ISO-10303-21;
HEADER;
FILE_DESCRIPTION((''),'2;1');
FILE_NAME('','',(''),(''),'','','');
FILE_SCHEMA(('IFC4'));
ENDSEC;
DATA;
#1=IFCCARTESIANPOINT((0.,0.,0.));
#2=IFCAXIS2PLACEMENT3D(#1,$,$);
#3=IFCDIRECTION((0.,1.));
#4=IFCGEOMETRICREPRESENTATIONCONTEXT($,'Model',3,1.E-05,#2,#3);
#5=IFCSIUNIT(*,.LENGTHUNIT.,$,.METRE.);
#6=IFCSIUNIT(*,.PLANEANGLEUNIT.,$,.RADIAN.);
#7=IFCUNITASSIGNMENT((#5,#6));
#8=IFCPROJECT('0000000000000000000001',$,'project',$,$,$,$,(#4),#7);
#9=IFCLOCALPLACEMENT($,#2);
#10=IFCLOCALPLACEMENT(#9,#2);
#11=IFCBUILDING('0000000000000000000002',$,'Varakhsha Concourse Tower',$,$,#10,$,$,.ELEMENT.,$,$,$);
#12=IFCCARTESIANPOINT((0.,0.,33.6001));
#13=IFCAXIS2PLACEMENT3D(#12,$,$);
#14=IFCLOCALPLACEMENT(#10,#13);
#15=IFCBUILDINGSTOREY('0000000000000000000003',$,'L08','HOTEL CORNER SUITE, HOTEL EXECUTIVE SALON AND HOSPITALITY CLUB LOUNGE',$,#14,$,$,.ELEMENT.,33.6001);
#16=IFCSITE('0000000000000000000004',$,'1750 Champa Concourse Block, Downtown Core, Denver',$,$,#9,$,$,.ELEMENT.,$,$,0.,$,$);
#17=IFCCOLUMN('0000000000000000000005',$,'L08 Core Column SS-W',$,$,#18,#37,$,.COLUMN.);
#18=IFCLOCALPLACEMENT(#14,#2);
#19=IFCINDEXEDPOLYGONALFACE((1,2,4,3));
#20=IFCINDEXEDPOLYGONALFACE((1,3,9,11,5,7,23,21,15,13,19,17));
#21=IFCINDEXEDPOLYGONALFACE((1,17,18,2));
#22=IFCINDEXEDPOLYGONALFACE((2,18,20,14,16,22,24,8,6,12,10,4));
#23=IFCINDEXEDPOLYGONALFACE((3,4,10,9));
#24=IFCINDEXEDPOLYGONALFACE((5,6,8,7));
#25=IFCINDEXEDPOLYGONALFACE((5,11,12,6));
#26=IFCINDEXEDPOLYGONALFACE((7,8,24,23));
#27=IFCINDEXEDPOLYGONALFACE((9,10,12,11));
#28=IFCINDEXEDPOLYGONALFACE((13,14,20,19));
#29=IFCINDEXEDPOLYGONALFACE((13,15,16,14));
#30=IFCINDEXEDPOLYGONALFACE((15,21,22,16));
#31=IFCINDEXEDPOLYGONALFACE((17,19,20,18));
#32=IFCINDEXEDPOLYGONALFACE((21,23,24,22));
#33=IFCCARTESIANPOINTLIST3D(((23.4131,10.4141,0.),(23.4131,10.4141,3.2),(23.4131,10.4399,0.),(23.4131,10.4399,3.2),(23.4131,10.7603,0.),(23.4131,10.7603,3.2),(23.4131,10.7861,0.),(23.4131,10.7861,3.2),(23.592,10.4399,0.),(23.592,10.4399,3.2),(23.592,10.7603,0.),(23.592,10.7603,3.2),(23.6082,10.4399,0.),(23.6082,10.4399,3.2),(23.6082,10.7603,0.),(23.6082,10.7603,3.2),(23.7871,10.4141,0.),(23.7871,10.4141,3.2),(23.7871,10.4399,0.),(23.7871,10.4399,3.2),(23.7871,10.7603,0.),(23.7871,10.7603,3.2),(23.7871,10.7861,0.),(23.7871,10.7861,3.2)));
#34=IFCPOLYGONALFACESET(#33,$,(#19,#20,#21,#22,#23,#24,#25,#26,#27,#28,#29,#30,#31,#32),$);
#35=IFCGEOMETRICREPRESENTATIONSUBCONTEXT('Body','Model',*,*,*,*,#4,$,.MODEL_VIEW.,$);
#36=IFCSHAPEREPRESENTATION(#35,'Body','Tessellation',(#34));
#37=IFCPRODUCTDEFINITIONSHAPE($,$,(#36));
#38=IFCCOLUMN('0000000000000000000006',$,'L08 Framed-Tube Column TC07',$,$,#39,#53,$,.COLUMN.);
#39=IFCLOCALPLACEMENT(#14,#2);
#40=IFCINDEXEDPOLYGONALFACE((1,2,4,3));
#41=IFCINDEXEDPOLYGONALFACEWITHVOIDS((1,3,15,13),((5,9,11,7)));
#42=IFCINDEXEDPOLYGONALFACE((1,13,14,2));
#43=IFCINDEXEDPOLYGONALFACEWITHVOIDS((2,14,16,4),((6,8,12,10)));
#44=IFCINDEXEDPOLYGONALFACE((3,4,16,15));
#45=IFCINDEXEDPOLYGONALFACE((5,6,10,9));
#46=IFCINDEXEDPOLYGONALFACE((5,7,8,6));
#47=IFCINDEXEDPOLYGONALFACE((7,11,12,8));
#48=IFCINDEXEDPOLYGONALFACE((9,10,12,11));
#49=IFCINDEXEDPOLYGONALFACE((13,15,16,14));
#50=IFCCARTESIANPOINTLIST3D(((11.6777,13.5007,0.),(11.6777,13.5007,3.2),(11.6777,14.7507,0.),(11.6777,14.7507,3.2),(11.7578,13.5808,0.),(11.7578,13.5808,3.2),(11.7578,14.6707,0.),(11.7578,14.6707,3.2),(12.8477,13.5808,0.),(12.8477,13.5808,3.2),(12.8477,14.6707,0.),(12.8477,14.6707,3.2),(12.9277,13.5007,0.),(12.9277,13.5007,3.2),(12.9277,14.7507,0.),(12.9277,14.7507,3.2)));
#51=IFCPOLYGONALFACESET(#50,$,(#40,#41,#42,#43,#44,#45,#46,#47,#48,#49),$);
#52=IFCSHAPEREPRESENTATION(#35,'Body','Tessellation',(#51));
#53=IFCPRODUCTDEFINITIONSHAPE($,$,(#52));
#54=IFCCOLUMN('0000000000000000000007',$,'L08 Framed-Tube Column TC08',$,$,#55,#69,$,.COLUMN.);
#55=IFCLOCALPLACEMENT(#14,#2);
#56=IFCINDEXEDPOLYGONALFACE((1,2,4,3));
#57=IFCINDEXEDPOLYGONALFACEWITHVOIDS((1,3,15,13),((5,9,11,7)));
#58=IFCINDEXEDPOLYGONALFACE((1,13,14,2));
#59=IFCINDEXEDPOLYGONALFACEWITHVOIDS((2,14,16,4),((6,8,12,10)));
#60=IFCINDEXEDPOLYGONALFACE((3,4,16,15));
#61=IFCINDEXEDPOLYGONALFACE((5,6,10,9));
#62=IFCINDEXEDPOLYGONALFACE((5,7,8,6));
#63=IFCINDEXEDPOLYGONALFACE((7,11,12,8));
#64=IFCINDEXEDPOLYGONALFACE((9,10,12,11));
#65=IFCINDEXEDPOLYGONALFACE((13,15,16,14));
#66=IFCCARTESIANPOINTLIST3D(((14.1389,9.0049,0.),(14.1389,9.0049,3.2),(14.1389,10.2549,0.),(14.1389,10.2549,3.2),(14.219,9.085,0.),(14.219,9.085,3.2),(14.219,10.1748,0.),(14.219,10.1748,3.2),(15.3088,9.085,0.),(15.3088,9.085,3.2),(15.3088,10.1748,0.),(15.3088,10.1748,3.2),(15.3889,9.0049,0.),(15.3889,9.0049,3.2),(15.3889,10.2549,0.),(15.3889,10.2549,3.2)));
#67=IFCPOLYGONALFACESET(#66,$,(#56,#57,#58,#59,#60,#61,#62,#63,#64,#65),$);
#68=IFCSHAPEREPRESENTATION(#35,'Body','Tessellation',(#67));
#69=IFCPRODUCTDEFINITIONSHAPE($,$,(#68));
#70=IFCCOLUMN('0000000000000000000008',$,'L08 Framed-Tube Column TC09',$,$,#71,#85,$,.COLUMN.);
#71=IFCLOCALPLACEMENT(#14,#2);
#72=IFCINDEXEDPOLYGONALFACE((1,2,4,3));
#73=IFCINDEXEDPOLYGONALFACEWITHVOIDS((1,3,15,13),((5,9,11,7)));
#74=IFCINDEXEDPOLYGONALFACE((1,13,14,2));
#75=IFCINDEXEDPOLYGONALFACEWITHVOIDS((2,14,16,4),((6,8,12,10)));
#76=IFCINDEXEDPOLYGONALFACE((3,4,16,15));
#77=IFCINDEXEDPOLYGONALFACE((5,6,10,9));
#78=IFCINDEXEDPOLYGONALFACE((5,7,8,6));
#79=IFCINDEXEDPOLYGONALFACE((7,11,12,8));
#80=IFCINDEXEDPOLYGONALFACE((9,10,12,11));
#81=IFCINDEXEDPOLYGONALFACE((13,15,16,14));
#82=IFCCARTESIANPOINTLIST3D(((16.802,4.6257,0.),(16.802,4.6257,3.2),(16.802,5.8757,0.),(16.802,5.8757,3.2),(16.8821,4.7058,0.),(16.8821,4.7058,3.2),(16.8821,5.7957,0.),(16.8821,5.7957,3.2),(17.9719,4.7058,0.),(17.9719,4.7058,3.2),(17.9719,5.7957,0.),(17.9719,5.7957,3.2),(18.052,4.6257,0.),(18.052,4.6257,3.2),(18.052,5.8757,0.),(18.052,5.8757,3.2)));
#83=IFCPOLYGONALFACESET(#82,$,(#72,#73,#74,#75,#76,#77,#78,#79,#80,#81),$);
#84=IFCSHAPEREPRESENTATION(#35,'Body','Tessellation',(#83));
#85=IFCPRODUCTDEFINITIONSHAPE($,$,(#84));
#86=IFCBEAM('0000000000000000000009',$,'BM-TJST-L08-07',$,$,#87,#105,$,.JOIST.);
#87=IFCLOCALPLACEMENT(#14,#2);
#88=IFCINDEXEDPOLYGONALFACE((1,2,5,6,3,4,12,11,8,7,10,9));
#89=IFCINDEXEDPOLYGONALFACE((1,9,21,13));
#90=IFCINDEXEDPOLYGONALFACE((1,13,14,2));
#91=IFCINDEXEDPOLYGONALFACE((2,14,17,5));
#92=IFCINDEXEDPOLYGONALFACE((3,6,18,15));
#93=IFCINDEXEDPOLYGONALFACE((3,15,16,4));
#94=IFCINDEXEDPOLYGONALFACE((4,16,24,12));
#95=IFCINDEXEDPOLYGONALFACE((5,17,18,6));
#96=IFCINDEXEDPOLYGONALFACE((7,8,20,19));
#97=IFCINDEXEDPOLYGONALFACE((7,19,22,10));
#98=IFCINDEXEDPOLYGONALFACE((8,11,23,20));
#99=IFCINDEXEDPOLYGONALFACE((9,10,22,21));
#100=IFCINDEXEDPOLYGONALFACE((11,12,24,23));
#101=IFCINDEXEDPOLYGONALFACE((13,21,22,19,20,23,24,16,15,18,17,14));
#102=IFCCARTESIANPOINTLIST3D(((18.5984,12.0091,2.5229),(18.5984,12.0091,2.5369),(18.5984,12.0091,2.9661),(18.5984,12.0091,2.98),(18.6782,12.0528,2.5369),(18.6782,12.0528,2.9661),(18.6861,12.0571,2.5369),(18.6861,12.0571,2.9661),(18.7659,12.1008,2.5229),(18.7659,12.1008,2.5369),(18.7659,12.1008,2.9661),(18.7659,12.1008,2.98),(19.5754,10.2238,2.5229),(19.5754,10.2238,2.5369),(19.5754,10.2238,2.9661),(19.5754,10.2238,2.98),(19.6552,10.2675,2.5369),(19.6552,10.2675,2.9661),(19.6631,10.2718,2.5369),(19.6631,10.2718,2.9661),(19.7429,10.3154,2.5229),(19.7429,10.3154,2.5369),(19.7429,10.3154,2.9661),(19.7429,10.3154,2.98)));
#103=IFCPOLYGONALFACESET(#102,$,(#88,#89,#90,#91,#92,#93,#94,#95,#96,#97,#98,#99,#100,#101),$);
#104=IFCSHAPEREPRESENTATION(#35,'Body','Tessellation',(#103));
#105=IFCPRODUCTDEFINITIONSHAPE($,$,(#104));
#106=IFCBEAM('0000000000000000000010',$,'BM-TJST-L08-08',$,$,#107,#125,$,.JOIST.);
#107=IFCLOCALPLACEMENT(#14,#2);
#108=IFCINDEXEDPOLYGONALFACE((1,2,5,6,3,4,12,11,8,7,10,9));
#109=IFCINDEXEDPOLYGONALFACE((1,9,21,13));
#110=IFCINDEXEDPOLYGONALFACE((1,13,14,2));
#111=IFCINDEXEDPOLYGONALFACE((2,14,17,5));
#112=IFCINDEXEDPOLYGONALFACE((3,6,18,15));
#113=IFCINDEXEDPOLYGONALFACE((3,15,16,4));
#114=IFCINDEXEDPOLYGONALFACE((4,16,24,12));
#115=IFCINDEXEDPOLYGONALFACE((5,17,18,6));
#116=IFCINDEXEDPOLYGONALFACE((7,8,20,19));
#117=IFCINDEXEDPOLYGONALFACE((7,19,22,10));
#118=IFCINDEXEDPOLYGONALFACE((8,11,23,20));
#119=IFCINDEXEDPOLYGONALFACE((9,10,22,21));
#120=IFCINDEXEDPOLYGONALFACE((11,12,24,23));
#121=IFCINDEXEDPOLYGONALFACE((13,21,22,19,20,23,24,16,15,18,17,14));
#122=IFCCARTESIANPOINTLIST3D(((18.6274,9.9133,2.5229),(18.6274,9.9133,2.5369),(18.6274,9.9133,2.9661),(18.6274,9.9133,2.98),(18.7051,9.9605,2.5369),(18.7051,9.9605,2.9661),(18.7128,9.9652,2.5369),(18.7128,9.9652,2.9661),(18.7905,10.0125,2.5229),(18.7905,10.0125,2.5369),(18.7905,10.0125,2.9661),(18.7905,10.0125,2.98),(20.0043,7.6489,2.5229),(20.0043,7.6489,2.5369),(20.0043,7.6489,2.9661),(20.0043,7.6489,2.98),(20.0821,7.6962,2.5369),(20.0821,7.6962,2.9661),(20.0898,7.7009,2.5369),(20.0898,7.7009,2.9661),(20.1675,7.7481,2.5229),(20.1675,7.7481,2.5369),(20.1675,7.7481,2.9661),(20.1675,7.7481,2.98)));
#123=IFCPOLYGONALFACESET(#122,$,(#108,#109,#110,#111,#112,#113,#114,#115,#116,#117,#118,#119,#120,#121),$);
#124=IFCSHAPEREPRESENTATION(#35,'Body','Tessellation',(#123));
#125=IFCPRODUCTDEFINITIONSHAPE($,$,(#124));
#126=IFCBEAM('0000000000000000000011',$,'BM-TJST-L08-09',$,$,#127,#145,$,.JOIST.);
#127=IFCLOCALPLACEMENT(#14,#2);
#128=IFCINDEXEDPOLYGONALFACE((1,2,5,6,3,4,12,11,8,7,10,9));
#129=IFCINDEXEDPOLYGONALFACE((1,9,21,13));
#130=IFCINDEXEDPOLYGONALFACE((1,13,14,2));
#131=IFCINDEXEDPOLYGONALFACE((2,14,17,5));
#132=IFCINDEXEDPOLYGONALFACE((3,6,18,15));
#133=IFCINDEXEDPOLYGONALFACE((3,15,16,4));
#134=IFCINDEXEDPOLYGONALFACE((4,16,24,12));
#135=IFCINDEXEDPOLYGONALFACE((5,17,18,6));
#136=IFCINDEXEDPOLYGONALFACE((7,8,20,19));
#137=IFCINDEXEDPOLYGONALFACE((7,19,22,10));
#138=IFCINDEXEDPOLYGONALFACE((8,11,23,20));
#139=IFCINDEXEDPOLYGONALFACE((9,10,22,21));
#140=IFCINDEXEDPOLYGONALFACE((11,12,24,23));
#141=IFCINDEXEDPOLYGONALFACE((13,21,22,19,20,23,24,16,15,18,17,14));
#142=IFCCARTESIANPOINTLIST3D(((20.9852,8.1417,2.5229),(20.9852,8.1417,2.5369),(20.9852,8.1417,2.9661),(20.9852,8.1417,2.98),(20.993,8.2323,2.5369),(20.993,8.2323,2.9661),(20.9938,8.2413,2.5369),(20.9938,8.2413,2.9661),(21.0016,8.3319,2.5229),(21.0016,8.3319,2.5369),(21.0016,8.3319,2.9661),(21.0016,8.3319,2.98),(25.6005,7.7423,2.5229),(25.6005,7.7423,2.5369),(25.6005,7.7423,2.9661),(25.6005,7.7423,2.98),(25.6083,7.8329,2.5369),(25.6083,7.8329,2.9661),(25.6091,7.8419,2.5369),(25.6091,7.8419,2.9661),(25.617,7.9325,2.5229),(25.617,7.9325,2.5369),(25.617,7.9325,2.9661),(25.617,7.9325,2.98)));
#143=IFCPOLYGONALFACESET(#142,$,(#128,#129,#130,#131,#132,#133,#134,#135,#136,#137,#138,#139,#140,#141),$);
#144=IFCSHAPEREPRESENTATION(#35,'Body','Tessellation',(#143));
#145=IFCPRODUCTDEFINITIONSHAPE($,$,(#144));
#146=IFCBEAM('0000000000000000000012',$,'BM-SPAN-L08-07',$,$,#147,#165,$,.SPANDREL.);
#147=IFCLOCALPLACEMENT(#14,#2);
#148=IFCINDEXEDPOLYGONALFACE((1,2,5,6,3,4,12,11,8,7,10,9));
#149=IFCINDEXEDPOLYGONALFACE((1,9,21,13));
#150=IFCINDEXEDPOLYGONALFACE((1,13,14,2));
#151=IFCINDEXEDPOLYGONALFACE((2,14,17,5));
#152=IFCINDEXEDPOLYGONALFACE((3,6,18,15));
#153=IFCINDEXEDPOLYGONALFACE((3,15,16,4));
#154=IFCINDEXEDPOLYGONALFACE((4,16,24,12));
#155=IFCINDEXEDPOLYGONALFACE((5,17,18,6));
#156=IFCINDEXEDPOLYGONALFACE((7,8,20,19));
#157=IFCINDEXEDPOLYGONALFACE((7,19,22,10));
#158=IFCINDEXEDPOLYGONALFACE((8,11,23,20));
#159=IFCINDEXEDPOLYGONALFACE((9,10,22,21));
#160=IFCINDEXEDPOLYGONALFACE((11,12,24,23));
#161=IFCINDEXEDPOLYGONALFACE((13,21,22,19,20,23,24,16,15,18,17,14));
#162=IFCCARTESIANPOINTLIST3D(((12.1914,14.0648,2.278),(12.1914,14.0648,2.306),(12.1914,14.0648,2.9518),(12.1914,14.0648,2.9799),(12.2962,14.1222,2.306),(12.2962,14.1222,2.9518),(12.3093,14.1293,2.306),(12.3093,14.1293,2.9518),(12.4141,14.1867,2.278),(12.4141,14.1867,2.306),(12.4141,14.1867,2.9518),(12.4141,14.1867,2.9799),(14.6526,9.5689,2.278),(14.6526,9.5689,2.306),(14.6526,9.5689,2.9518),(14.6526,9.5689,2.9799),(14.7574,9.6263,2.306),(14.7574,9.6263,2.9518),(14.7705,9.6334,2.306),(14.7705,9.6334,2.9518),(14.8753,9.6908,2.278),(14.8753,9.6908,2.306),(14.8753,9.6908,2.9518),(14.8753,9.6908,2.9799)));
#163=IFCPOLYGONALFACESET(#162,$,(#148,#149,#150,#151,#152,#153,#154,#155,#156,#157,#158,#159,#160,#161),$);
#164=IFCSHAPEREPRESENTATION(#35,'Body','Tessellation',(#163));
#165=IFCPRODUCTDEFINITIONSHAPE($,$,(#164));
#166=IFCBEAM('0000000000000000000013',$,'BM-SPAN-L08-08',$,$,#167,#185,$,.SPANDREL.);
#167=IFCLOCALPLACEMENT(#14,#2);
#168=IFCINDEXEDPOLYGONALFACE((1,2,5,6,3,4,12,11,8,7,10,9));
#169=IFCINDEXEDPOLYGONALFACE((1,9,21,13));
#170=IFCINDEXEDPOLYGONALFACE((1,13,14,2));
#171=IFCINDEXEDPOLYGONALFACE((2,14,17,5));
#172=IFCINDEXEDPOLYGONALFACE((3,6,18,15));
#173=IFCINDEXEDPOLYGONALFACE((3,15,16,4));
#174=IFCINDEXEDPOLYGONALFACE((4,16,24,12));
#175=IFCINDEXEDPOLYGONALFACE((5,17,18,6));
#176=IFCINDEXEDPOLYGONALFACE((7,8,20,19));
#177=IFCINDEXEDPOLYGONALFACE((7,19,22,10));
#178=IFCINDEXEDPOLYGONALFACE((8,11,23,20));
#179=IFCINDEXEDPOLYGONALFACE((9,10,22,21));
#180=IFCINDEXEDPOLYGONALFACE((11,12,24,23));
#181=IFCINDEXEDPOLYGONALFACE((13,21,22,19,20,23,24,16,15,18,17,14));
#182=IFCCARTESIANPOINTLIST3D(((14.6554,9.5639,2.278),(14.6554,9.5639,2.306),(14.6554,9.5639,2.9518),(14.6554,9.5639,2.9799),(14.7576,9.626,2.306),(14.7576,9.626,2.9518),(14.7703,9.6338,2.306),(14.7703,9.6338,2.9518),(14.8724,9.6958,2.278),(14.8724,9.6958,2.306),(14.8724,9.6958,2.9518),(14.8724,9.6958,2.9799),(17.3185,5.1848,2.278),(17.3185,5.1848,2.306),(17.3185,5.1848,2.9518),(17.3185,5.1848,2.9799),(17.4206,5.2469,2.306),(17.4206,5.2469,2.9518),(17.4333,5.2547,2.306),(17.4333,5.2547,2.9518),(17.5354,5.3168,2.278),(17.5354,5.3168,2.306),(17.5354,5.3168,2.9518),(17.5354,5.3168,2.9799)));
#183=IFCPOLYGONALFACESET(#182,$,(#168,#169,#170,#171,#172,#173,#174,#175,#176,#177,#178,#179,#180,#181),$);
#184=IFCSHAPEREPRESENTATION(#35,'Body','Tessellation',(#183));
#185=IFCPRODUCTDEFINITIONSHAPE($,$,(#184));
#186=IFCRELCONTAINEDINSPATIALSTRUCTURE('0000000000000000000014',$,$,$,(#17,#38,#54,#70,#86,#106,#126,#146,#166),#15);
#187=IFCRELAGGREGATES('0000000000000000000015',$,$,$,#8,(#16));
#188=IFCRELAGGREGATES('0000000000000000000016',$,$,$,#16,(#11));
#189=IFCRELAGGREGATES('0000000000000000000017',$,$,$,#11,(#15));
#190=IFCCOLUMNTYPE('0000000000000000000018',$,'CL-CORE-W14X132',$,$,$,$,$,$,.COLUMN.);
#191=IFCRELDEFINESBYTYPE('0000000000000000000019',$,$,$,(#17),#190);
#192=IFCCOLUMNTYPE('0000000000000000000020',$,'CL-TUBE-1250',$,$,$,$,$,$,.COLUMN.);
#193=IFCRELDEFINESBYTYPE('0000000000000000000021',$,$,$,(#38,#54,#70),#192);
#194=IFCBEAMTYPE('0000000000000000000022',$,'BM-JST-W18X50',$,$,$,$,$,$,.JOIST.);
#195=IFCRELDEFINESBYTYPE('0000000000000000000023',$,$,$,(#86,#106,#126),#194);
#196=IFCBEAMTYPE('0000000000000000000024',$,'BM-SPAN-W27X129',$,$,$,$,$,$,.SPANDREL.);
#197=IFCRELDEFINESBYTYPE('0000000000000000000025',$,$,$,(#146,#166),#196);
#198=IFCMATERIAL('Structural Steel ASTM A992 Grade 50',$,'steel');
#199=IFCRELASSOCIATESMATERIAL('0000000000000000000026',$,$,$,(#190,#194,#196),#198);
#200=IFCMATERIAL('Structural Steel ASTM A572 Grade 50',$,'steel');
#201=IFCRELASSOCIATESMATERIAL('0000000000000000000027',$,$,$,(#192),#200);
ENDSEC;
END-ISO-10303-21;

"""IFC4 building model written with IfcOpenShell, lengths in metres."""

from ifc_helpers import new_model, si_unit, direction, frame, origin, origin_2d, place, context, subcontext, project, spatial, hollow_rectangle, i_section, extrude, material, material_profile, profile_set, type_object, element, save


model = new_model("IFC4")

# Units and contexts
model_context = context("Model", 3, precision=1e-05, world=origin(), true_north=direction((0.0, 1.0)))
body_context = subcontext(model_context, "Body", "Model", "MODEL_VIEW")
ifc_project = project(units=[si_unit("LENGTHUNIT", "METRE"), si_unit("PLANEANGLEUNIT", "RADIAN")], contexts=[model_context])

# Site, building, storey
site_placement = place(None, origin())
site = spatial("IfcSite", under=ifc_project, at=site_placement, Name="1750 Champa Concourse Block, Downtown Core, Denver", CompositionType="ELEMENT", RefElevation=0.0)
building_placement = place(site_placement, origin())
building = spatial("IfcBuilding", under=site, at=building_placement, Name="Varakhsha Concourse Tower", CompositionType="ELEMENT")
storey_placement = place(building_placement, frame((0.0, 0.0, 33.6001)))
storey = spatial("IfcBuildingStorey", under=building, at=storey_placement, Name="L08", Description="HOTEL CORNER SUITE, HOTEL EXECUTIVE SALON AND HOSPITALITY CLUB LOUNGE", CompositionType="ELEMENT", Elevation=33.6001)

# Columns
ifc_material_1 = material(Name="Structural Steel ASTM A992 Grade 50", Category="steel")
ifc_material_profile_1 = material_profile(ifc_material_1, i_section(OverallWidth=0.374, OverallDepth=0.3721, WebThickness=0.0161, FlangeThickness=0.0259, at=origin_2d()), Name="W14X132")
ifc_profile_set_1 = profile_set([ifc_material_profile_1], Name="Structural Steel ASTM A992 Grade 50")
column_type_1 = type_object("IfcColumnType", Name="CL-CORE-W14X132", PredefinedType="COLUMN", material=ifc_profile_set_1)
column_placement = place(storey_placement, frame((23.6001, 10.6001, 0.0), z_axis=(0.0, 0.0, 1.0), x_axis=(1.0, 0.0, 0.0)))
element("IfcColumn", 1, at=column_placement, inside=storey, type_object=column_type_1, Name="L08 Core Column SS-W", PredefinedType="COLUMN", context=body_context, shape_type="SweptSolid", body=[
    extrude(i_section(OverallWidth=0.374, OverallDepth=0.3721, WebThickness=0.0161, FlangeThickness=0.0259, at=origin_2d()), origin(), (0.0, 0.0, 1.0), 3.2),
])
ifc_material_2 = material(Name="Structural Steel ASTM A572 Grade 50", Category="steel")
ifc_material_profile_2 = material_profile(ifc_material_2, hollow_rectangle(XDim=1.25, YDim=1.25, WallThickness=0.0801, at=origin_2d()), Name="BOX 1250x1250x80")
ifc_profile_set_2 = profile_set([ifc_material_profile_2], Name="Structural Steel ASTM A572 Grade 50")
column_type_2 = type_object("IfcColumnType", Name="CL-TUBE-1250", PredefinedType="COLUMN", material=ifc_profile_set_2)
for number, where, z_axis, x_axis, name in (
    (2, (12.3027, 14.1257, 0.0), (0.0, 0.0, 1.0), (1.0, 0.0, 0.0), "L08 Framed-Tube Column TC07"),
    (3, (14.7639, 9.6299, 0.0), (0.0, 0.0, 1.0), (1.0, 0.0, 0.0), "L08 Framed-Tube Column TC08"),
    (4, (17.427, 5.2507, 0.0), (0.0, 0.0, 1.0), (1.0, 0.0, 0.0), "L08 Framed-Tube Column TC09"),
):
    element("IfcColumn", number, at=place(storey_placement, frame(where, z_axis=z_axis, x_axis=x_axis)), inside=storey, type_object=column_type_2, Name=name, PredefinedType="COLUMN", context=body_context, shape_type="SweptSolid", body=[
        extrude(hollow_rectangle(XDim=1.25, YDim=1.25, WallThickness=0.0801, at=origin_2d()), origin(), (0.0, 0.0, 1.0), 3.2),
    ])

# Beams
ifc_material_profile_3 = material_profile(ifc_material_1, i_section(OverallWidth=0.1909, OverallDepth=0.457, WebThickness=0.009, FlangeThickness=0.0139, at=origin_2d()), Name="W18X50")
ifc_profile_set_3 = profile_set([ifc_material_profile_3], Name="Structural Steel ASTM A992 Grade 50")
beam_type_1 = type_object("IfcBeamType", Name="BM-JST-W18X50", PredefinedType="JOIST", material=ifc_profile_set_3)
beam_1_placement = place(storey_placement, frame((18.6821, 12.0549, 2.7515), z_axis=(0.480062, -0.877235, 0.0), x_axis=(0.877235, 0.480062, 0.0)))
element("IfcBeam", 5, at=beam_1_placement, inside=storey, type_object=beam_type_1, Name="BM-TJST-L08-07", PredefinedType="JOIST", context=body_context, shape_type="SweptSolid", body=[
    extrude(i_section(OverallWidth=0.1909, OverallDepth=0.457, WebThickness=0.009, FlangeThickness=0.0139, at=origin_2d()), origin(), (0.0, 0.0, 1.0), 2.0352),
])
beam_2_placement = place(storey_placement, frame((18.709, 9.9629, 2.7515), z_axis=(0.519567, -0.85443, 0.0), x_axis=(0.85443, 0.519567, 0.0)))
element("IfcBeam", 6, at=beam_2_placement, inside=storey, type_object=beam_type_1, Name="BM-TJST-L08-08", PredefinedType="JOIST", context=body_context, shape_type="SweptSolid", body=[
    extrude(i_section(OverallWidth=0.1909, OverallDepth=0.457, WebThickness=0.009, FlangeThickness=0.0139, at=origin_2d()), origin(), (0.0, 0.0, 1.0), 2.6501),
])
beam_3_placement = place(storey_placement, frame((20.9934, 8.2368, 2.7515), z_axis=(0.996276, -0.08622, 0.0), x_axis=(0.08622, 0.996276, 0.0)))
element("IfcBeam", 7, at=beam_3_placement, inside=storey, type_object=beam_type_1, Name="BM-TJST-L08-09", PredefinedType="JOIST", context=body_context, shape_type="SweptSolid", body=[
    extrude(i_section(OverallWidth=0.1909, OverallDepth=0.457, WebThickness=0.009, FlangeThickness=0.0139, at=origin_2d()), origin(), (0.0, 0.0, 1.0), 4.6326),
])
ifc_material_profile_4 = material_profile(ifc_material_1, i_section(OverallWidth=0.2539, OverallDepth=0.7019, WebThickness=0.0149, FlangeThickness=0.0281, at=origin_2d()), Name="W27X129")
ifc_profile_set_4 = profile_set([ifc_material_profile_4], Name="Structural Steel ASTM A992 Grade 50")
beam_type_2 = type_object("IfcBeamType", Name="BM-SPAN-W27X129", PredefinedType="SPANDREL", material=ifc_profile_set_4)
beam_4_placement = place(storey_placement, frame((12.3027, 14.1257, 2.6289), z_axis=(0.48019, -0.877165, 0.0), x_axis=(0.877165, 0.48019, 0.0)))
element("IfcBeam", 8, at=beam_4_placement, inside=storey, type_object=beam_type_2, Name="BM-SPAN-L08-07", PredefinedType="SPANDREL", context=body_context, shape_type="SweptSolid", body=[
    extrude(i_section(OverallWidth=0.2539, OverallDepth=0.7019, WebThickness=0.0149, FlangeThickness=0.0281, at=origin_2d()), origin(), (0.0, 0.0, 1.0), 5.1255),
])
beam_5_placement = place(storey_placement, frame((14.7639, 9.6299, 2.6289), z_axis=(0.519593, -0.854414, 0.0), x_axis=(0.854414, 0.519593, 0.0)))
element("IfcBeam", 9, at=beam_5_placement, inside=storey, type_object=beam_type_2, Name="BM-SPAN-L08-08", PredefinedType="SPANDREL", context=body_context, shape_type="SweptSolid", body=[
    extrude(i_section(OverallWidth=0.2539, OverallDepth=0.7019, WebThickness=0.0149, FlangeThickness=0.0281, at=origin_2d()), origin(), (0.0, 0.0, 1.0), 5.1252),
])

save(model, "model.ifc")
